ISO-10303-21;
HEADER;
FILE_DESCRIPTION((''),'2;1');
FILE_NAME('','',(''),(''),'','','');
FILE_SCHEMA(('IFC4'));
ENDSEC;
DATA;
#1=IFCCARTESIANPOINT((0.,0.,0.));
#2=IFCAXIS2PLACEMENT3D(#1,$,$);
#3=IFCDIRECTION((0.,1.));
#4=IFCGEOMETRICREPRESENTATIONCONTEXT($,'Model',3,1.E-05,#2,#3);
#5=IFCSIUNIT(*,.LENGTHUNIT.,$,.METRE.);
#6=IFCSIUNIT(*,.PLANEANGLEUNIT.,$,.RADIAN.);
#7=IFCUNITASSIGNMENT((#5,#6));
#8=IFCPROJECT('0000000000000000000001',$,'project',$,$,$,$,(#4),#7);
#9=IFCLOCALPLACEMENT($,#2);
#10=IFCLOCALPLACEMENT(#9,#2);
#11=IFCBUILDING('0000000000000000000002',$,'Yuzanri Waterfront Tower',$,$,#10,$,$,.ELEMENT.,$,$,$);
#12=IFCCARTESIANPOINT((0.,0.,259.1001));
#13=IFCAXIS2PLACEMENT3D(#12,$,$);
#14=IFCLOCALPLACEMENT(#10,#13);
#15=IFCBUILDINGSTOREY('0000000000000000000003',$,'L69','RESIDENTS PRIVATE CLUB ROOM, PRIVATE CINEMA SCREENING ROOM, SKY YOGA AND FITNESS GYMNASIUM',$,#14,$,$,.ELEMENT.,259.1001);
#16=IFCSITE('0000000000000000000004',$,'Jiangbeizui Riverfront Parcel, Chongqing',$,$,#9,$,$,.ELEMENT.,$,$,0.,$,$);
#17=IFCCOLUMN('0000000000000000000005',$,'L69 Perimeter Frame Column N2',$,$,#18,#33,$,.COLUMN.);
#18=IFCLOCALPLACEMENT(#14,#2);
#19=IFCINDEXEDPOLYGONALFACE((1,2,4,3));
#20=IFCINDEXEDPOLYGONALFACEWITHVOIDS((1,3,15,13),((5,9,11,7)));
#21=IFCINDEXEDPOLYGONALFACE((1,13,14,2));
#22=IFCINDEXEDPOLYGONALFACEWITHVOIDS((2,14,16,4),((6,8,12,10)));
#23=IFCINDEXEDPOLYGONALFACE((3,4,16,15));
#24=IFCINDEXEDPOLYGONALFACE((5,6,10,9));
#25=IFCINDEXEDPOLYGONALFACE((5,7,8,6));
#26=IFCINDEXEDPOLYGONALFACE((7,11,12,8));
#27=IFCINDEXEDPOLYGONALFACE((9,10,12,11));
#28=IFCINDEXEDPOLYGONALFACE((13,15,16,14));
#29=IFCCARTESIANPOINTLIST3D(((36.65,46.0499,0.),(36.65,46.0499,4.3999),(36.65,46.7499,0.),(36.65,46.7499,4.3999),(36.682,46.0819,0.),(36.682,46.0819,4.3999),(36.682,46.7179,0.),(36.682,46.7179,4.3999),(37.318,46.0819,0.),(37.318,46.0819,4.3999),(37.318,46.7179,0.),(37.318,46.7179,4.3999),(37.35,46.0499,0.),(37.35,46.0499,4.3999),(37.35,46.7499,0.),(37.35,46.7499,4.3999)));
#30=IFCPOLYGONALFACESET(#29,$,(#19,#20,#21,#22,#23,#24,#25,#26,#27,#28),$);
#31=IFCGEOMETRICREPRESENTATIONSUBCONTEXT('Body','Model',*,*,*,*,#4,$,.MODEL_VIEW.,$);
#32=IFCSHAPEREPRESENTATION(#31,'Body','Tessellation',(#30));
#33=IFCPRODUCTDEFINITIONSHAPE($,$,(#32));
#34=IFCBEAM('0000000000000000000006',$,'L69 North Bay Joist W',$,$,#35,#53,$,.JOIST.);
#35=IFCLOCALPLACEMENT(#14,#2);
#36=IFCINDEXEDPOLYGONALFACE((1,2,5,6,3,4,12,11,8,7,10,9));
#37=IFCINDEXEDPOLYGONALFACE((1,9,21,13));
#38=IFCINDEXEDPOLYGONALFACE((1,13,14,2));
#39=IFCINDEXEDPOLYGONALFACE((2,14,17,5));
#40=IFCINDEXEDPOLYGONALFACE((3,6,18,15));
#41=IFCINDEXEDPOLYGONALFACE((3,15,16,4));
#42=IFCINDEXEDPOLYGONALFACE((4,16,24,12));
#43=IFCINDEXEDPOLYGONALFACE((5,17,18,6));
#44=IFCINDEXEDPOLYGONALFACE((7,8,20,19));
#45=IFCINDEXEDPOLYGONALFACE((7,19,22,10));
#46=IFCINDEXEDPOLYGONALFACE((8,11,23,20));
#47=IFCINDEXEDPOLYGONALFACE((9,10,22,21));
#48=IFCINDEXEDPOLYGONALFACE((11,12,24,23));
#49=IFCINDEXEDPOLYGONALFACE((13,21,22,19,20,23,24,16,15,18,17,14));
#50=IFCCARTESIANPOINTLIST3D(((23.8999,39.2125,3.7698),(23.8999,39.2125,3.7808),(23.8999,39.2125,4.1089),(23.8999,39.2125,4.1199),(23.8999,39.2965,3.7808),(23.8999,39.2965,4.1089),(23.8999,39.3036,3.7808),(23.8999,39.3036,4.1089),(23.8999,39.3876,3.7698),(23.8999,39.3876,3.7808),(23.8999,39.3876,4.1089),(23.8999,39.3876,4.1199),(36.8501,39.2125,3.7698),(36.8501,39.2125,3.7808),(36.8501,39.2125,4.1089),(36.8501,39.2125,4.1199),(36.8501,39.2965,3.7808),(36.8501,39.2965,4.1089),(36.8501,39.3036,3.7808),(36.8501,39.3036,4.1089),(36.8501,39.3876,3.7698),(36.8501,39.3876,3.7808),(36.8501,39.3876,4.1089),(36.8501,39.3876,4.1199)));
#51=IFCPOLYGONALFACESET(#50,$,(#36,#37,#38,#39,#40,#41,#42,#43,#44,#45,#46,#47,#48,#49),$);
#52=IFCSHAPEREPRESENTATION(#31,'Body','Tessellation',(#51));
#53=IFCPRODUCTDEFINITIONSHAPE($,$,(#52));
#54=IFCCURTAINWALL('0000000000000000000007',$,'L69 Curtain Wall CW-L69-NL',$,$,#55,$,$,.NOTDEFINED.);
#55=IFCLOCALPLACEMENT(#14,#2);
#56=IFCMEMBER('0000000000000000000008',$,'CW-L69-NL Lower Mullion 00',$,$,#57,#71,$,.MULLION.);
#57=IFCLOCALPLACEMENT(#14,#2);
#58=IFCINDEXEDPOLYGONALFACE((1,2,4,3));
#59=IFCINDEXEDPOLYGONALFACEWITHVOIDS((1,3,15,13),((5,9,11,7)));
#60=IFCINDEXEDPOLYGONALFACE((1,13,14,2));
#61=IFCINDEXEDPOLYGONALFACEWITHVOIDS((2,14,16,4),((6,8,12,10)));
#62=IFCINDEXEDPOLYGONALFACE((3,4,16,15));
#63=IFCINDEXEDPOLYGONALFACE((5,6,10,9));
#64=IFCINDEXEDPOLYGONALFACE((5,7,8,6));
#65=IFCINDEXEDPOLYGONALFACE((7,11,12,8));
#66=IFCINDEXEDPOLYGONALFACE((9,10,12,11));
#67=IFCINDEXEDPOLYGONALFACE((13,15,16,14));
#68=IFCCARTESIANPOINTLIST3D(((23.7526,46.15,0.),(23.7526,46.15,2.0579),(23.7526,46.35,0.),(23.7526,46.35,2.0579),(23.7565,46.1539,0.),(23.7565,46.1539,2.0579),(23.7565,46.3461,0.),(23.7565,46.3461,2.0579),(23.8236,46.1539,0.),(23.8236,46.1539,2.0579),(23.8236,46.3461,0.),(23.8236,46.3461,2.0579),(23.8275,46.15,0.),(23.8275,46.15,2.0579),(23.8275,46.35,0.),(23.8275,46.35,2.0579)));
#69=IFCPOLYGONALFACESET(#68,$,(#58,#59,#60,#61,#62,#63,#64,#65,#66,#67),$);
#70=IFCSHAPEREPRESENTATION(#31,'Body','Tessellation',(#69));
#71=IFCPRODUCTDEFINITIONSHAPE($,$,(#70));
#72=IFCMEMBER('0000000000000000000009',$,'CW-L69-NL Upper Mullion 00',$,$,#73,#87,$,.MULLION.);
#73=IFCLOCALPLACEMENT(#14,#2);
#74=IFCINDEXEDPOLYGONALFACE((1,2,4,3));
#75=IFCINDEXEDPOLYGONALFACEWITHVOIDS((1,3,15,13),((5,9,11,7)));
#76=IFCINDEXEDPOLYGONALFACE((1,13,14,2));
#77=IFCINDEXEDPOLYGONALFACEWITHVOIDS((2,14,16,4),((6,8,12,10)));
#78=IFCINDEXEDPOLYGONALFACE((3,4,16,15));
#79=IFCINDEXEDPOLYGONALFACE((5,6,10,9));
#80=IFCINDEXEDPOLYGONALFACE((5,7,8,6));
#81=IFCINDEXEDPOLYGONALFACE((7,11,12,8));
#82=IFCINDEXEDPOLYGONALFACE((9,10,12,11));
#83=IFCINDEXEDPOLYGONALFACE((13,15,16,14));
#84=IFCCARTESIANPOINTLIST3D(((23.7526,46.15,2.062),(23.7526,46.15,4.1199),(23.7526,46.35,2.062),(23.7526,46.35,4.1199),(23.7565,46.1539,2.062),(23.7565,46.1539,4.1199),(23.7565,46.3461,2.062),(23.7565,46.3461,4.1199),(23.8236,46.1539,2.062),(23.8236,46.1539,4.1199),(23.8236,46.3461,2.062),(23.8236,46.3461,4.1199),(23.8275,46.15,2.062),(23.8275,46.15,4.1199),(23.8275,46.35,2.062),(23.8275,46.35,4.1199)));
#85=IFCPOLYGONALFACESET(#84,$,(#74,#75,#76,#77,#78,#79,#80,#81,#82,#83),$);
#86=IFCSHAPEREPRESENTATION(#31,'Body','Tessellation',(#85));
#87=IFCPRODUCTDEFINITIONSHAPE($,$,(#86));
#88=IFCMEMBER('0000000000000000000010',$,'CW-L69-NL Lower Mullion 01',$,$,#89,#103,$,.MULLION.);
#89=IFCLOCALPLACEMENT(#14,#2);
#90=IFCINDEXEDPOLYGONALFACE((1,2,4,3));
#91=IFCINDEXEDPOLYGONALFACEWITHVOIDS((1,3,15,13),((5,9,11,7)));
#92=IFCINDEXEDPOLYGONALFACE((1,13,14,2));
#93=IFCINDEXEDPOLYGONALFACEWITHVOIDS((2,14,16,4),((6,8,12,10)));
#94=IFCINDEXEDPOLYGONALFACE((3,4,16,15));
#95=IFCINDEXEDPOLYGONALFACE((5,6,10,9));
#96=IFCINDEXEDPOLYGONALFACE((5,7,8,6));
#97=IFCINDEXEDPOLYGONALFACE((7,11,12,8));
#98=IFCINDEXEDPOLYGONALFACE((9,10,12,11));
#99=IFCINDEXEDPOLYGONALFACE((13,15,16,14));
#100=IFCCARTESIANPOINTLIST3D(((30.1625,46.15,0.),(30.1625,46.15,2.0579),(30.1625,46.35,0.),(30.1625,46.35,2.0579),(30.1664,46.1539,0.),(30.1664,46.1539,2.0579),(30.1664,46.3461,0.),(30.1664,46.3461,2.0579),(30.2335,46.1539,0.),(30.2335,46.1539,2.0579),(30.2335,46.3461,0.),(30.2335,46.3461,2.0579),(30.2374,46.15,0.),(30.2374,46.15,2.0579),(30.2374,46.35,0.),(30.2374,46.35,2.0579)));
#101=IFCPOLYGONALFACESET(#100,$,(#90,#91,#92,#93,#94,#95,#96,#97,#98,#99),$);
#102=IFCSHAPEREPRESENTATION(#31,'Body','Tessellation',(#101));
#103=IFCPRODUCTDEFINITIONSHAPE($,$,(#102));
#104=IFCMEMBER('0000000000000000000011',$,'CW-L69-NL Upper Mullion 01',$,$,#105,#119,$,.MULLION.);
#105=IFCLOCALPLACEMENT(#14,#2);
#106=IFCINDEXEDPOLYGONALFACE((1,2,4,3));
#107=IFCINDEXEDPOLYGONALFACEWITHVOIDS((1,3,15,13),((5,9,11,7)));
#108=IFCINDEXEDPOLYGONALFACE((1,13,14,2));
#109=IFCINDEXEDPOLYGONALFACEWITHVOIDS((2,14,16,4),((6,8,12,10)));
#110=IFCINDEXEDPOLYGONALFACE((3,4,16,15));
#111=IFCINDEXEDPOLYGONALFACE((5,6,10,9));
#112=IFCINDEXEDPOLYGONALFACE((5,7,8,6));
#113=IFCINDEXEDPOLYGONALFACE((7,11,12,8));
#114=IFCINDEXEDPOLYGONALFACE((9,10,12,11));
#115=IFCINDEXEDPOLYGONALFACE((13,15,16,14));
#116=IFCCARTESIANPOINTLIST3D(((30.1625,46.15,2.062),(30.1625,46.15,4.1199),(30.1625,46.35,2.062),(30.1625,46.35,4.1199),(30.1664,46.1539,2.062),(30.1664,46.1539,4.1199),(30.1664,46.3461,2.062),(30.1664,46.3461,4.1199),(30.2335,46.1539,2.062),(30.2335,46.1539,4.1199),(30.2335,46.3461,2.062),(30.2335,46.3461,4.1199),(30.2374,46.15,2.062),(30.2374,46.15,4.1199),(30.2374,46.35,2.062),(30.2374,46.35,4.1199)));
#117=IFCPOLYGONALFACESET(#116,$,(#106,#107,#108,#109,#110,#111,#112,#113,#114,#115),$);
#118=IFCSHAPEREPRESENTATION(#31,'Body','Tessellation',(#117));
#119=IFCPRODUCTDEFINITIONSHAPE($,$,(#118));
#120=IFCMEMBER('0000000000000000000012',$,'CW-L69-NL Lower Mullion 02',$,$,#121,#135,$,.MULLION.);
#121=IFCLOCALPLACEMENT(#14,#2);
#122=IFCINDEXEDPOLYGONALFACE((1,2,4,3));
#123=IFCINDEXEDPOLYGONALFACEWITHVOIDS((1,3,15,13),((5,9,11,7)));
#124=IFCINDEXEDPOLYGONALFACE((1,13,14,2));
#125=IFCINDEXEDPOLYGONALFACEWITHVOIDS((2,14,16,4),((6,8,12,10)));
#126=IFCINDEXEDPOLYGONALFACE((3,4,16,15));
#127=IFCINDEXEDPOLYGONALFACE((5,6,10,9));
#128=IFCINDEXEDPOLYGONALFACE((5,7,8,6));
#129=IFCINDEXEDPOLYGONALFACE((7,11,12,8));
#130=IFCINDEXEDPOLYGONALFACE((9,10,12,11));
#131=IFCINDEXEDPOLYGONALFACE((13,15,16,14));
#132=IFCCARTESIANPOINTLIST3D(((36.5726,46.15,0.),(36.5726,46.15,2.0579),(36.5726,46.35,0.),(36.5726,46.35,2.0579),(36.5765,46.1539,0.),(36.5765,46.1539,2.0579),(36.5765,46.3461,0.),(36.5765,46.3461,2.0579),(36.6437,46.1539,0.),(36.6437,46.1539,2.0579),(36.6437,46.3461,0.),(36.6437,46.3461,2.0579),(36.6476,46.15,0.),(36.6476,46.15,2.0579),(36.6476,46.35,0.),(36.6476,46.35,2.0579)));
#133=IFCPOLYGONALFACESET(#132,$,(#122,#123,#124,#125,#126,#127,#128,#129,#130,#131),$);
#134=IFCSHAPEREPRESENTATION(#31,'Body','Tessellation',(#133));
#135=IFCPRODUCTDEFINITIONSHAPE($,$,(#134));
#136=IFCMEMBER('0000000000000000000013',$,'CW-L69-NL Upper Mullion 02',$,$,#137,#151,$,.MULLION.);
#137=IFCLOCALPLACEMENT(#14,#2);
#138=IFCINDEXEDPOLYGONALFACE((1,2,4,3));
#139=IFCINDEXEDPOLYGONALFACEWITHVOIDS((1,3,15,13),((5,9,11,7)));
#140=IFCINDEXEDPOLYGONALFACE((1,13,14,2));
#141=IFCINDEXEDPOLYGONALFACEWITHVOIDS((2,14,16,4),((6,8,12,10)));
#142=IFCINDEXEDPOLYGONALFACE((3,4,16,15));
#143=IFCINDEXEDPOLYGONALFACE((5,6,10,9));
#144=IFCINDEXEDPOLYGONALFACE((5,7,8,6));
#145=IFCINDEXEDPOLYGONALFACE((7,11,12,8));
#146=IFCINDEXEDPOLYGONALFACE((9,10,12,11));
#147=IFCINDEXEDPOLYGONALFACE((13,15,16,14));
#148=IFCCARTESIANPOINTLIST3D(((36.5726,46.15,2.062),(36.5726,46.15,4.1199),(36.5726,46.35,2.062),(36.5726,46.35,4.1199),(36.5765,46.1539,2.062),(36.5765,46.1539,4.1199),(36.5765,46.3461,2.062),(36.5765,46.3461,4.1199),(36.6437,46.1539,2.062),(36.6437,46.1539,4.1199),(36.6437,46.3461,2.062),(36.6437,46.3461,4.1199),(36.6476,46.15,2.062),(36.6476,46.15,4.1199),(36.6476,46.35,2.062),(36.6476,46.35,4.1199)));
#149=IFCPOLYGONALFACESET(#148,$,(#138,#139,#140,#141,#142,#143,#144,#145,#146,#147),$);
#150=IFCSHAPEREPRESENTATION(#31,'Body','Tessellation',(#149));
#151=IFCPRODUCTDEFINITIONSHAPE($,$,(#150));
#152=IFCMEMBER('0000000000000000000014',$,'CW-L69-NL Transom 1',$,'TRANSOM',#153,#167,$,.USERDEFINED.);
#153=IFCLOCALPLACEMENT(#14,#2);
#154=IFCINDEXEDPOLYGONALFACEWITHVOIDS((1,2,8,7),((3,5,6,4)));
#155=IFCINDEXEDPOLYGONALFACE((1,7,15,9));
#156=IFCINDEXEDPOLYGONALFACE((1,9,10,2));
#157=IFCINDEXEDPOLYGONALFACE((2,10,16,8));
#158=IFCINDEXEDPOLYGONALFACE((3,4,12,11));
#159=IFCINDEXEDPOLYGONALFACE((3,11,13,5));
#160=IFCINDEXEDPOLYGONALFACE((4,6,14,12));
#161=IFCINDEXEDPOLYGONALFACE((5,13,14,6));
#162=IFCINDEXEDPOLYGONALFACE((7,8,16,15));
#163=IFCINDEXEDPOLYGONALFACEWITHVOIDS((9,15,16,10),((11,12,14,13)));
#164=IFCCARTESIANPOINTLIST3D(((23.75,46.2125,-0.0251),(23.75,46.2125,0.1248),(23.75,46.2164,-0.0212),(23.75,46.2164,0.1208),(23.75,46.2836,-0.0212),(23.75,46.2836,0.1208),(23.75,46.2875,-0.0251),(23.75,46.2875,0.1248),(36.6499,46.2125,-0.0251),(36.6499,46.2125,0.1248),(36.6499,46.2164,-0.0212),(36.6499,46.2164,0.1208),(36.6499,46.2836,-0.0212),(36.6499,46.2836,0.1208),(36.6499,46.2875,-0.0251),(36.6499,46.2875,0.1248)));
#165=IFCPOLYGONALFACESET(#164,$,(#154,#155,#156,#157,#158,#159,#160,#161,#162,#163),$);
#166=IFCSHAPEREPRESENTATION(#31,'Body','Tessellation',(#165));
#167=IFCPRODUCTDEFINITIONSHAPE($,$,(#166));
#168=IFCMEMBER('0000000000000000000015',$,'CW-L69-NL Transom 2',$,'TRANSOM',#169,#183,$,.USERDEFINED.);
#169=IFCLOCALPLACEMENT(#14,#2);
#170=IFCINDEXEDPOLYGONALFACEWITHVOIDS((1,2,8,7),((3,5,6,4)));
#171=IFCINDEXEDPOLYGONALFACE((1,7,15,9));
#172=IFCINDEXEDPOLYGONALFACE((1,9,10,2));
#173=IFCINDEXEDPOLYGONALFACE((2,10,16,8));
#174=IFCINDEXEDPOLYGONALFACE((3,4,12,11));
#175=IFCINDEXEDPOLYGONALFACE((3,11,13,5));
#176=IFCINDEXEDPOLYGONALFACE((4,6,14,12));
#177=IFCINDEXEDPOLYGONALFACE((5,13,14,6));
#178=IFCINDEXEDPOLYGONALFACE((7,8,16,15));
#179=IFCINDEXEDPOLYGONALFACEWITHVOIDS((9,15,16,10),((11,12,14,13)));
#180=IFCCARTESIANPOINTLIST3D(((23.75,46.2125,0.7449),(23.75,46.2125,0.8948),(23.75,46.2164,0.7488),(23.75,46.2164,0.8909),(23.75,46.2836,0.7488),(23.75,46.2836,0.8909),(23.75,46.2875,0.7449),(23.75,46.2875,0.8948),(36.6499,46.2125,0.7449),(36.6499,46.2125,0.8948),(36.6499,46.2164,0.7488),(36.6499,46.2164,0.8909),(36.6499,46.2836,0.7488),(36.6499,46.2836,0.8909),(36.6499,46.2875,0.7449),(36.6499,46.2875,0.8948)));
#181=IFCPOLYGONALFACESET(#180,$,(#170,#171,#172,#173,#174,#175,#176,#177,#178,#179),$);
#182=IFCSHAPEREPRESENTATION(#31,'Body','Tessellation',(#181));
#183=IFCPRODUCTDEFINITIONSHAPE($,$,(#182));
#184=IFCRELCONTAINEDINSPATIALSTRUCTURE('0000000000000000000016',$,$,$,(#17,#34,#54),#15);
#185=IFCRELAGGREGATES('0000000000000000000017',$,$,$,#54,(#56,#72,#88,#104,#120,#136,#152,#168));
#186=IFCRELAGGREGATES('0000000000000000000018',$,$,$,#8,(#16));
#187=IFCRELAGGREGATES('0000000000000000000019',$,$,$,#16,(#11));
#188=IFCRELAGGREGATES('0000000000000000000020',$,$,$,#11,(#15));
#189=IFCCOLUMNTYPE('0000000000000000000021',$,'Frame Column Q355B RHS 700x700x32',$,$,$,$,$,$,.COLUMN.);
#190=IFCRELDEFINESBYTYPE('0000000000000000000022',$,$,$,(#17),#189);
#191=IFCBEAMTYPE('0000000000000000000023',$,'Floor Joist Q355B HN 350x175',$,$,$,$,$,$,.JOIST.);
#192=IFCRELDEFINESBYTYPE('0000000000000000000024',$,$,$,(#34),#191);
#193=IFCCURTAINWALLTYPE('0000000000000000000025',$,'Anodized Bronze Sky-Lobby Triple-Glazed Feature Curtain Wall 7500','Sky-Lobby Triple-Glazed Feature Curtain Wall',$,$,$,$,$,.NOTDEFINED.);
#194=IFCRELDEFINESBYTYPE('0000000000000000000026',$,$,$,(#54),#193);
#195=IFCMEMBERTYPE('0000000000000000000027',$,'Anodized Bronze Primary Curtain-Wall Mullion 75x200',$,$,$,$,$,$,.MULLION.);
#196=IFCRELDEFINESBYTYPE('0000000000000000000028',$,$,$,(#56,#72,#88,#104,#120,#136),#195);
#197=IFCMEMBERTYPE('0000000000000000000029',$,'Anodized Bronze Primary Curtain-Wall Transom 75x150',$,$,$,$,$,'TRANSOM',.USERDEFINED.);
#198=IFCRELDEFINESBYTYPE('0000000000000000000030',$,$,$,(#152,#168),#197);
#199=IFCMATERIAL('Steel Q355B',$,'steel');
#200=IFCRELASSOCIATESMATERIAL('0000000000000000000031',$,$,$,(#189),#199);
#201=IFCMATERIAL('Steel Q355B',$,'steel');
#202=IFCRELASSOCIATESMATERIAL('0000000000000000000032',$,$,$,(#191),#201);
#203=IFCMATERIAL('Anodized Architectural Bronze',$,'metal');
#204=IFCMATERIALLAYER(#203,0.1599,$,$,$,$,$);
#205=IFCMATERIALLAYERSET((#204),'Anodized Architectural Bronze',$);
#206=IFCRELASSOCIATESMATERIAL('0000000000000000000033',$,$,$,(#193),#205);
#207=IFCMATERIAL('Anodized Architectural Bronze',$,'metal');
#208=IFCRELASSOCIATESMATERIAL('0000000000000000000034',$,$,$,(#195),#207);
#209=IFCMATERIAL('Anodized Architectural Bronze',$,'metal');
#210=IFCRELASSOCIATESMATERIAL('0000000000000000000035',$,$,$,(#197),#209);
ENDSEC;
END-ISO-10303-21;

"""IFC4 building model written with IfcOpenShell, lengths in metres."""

from ifc_helpers import new_model, si_unit, direction, frame, origin, origin_2d, place, context, subcontext, project, spatial, hollow_rectangle, i_section, extrude, source, transform, mapped, material, layer, layer_set, material_profile, profile_set, type_object, element, aggregate, save


model = new_model("IFC4")

# Units and contexts
model_context = context("Model", 3, precision=1e-05, world=origin(), true_north=direction((0.0, 1.0)))
body_context = subcontext(model_context, "Body", "Model", "MODEL_VIEW")
ifc_project = project(units=[si_unit("LENGTHUNIT", "METRE"), si_unit("PLANEANGLEUNIT", "RADIAN")], contexts=[model_context])

# Site, building, storey
site_placement = place(None, origin())
site = spatial("IfcSite", under=ifc_project, at=site_placement, Name="Jiangbeizui Riverfront Parcel, Chongqing", CompositionType="ELEMENT", RefElevation=0.0)
building_placement = place(site_placement, origin())
building = spatial("IfcBuilding", under=site, at=building_placement, Name="Yuzanri Waterfront Tower", CompositionType="ELEMENT")
storey_placement = place(building_placement, frame((0.0, 0.0, 259.1001)))
storey = spatial("IfcBuildingStorey", under=building, at=storey_placement, Name="L69", Description="RESIDENTS PRIVATE CLUB ROOM, PRIVATE CINEMA SCREENING ROOM, SKY YOGA AND FITNESS GYMNASIUM", CompositionType="ELEMENT", Elevation=259.1001)

# Column
ifc_material_1 = material(Name="Steel Q355B", Category="steel")
ifc_material_profile_1 = material_profile(ifc_material_1, hollow_rectangle(XDim=0.7, YDim=0.7, WallThickness=0.032, at=origin_2d()), Name="RHS 700x700x32")
ifc_profile_set_1 = profile_set([ifc_material_profile_1], Name="Steel Q355B")
column_type = type_object("IfcColumnType", Name="Frame Column Q355B RHS 700x700x32", PredefinedType="COLUMN", material=ifc_profile_set_1)
shared_shape_1 = source(origin(), body_context, "Body", "SweptSolid", [
    extrude(hollow_rectangle(XDim=0.7, YDim=0.7, WallThickness=0.032, at=origin_2d()), origin(), (0.0, 0.0, 1.0), 4.3999),
])
column_placement = place(storey_placement, frame((37.0, 46.3999, 0.0), z_axis=(0.0, 0.0, 1.0), x_axis=(1.0, 0.0, 0.0)))
element("IfcColumn", 1, at=column_placement, inside=storey, type_object=column_type, Name="L69 Perimeter Frame Column N2", PredefinedType="COLUMN", context=body_context, shape_type="MappedRepresentation", body=[
    mapped(shared_shape_1, transform((0.0, 0.0, 0.0), scale=1.0)),
])

# Beam
ifc_material_2 = material(Name="Steel Q355B", Category="steel")
ifc_material_profile_2 = material_profile(ifc_material_2, i_section(OverallWidth=0.175, OverallDepth=0.3501, WebThickness=0.0071, FlangeThickness=0.011, at=origin_2d()), Name="HN 350x175x7x11")
ifc_profile_set_2 = profile_set([ifc_material_profile_2], Name="Steel Q355B")
beam_type = type_object("IfcBeamType", Name="Floor Joist Q355B HN 350x175", PredefinedType="JOIST", material=ifc_profile_set_2)
shared_shape_2 = source(origin(), body_context, "Body", "SweptSolid", [
    extrude(i_section(OverallWidth=0.175, OverallDepth=0.3501, WebThickness=0.0071, FlangeThickness=0.011, at=origin_2d()), origin(), (0.0, 0.0, 1.0), 12.9502),
])
beam_placement = place(storey_placement, frame((23.8999, 39.3, 3.9448), z_axis=(1.0, 0.0, 0.0), x_axis=(0.0, 1.0, 0.0)))
element("IfcBeam", 2, at=beam_placement, inside=storey, type_object=beam_type, Name="L69 North Bay Joist W", PredefinedType="JOIST", context=body_context, shape_type="MappedRepresentation", body=[
    mapped(shared_shape_2, transform((0.0, 0.0, 0.0), scale=1.0)),
])

# Curtain wall, members
ifc_material_3 = material(Name="Anodized Architectural Bronze", Category="metal")
ifc_layer_1 = layer(ifc_material_3, 0.1599)
ifc_layer_set_1 = layer_set([ifc_layer_1], Name="Anodized Architectural Bronze")
curtain_wall_type = type_object("IfcCurtainWallType", Name="Anodized Bronze Sky-Lobby Triple-Glazed Feature Curtain Wall 7500", Description="Sky-Lobby Triple-Glazed Feature Curtain Wall", PredefinedType="NOTDEFINED", material=ifc_layer_set_1)
curtain_wall_placement = place(storey_placement, origin())
curtain_wall = element("IfcCurtainWall", 3, at=curtain_wall_placement, inside=storey, type_object=curtain_wall_type, Name="L69 Curtain Wall CW-L69-NL", PredefinedType="NOTDEFINED")
ifc_material_4 = material(Name="Anodized Architectural Bronze", Category="metal")
ifc_material_profile_3 = material_profile(ifc_material_4, hollow_rectangle(XDim=0.075, YDim=0.2, WallThickness=0.0039, at=origin_2d()), Name="CWM 75x200")
ifc_profile_set_3 = profile_set([ifc_material_profile_3], Name="Anodized Architectural Bronze")
member_type_1 = type_object("IfcMemberType", Name="Anodized Bronze Primary Curtain-Wall Mullion 75x200", PredefinedType="MULLION", material=ifc_profile_set_3)
shared_shape_3 = source(origin(), body_context, "Body", "SweptSolid", [
    extrude(hollow_rectangle(XDim=0.075, YDim=0.2, WallThickness=0.0039, at=origin_2d()), origin(), (0.0, 0.0, 1.0), 2.0579),
])
member_1_placement = place(storey_placement, frame((23.79, 46.25, 0.0), z_axis=(0.0, 0.0, 1.0), x_axis=(1.0, 0.0, 0.0)))
member_1 = element("IfcMember", 4, at=member_1_placement, type_object=member_type_1, Name="CW-L69-NL Lower Mullion 00", PredefinedType="MULLION", context=body_context, shape_type="MappedRepresentation", body=[
    mapped(shared_shape_3, transform((0.0, 0.0, 0.0), scale=1.0)),
])
member_2_placement = place(storey_placement, frame((23.79, 46.25, 2.062), z_axis=(0.0, 0.0, 1.0), x_axis=(1.0, 0.0, 0.0)))
member_2 = element("IfcMember", 5, at=member_2_placement, type_object=member_type_1, Name="CW-L69-NL Upper Mullion 00", PredefinedType="MULLION", context=body_context, shape_type="MappedRepresentation", body=[
    mapped(shared_shape_3, transform((0.0, 0.0, 0.0), scale=1.0)),
])
member_3_placement = place(storey_placement, frame((30.2, 46.25, 0.0), z_axis=(0.0, 0.0, 1.0), x_axis=(1.0, 0.0, 0.0)))
member_3 = element("IfcMember", 6, at=member_3_placement, type_object=member_type_1, Name="CW-L69-NL Lower Mullion 01", PredefinedType="MULLION", context=body_context, shape_type="MappedRepresentation", body=[
    mapped(shared_shape_3, transform((0.0, 0.0, 0.0), scale=1.0)),
])
member_4_placement = place(storey_placement, frame((30.2, 46.25, 2.062), z_axis=(0.0, 0.0, 1.0), x_axis=(1.0, 0.0, 0.0)))
member_4 = element("IfcMember", 7, at=member_4_placement, type_object=member_type_1, Name="CW-L69-NL Upper Mullion 01", PredefinedType="MULLION", context=body_context, shape_type="MappedRepresentation", body=[
    mapped(shared_shape_3, transform((0.0, 0.0, 0.0), scale=1.0)),
])
member_5_placement = place(storey_placement, frame((36.6101, 46.25, 0.0), z_axis=(0.0, 0.0, 1.0), x_axis=(1.0, 0.0, 0.0)))
member_5 = element("IfcMember", 8, at=member_5_placement, type_object=member_type_1, Name="CW-L69-NL Lower Mullion 02", PredefinedType="MULLION", context=body_context, shape_type="MappedRepresentation", body=[
    mapped(shared_shape_3, transform((0.0, 0.0, 0.0), scale=1.0)),
])
member_6_placement = place(storey_placement, frame((36.6101, 46.25, 2.062), z_axis=(0.0, 0.0, 1.0), x_axis=(1.0, 0.0, 0.0)))
member_6 = element("IfcMember", 9, at=member_6_placement, type_object=member_type_1, Name="CW-L69-NL Upper Mullion 02", PredefinedType="MULLION", context=body_context, shape_type="MappedRepresentation", body=[
    mapped(shared_shape_3, transform((0.0, 0.0, 0.0), scale=1.0)),
])
ifc_material_5 = material(Name="Anodized Architectural Bronze", Category="metal")
ifc_material_profile_4 = material_profile(ifc_material_5, hollow_rectangle(XDim=0.075, YDim=0.1499, WallThickness=0.0039, at=origin_2d()), Name="CWT 75x150")
ifc_profile_set_4 = profile_set([ifc_material_profile_4], Name="Anodized Architectural Bronze")
member_type_2 = type_object("IfcMemberType", Name="Anodized Bronze Primary Curtain-Wall Transom 75x150", ElementType="TRANSOM", PredefinedType="USERDEFINED", material=ifc_profile_set_4)
shared_shape_4 = source(origin(), body_context, "Body", "SweptSolid", [
    extrude(hollow_rectangle(XDim=0.075, YDim=0.1499, WallThickness=0.0039, at=origin_2d()), origin(), (0.0, 0.0, 1.0), 12.8999),
])
member_7_placement = place(storey_placement, frame((23.75, 46.25, 0.0498), z_axis=(1.0, 0.0, 0.0), x_axis=(0.0, 1.0, 0.0)))
member_7 = element("IfcMember", 10, at=member_7_placement, type_object=member_type_2, Name="CW-L69-NL Transom 1", ObjectType="TRANSOM", PredefinedType="USERDEFINED", context=body_context, shape_type="MappedRepresentation", body=[
    mapped(shared_shape_4, transform((0.0, 0.0, 0.0), scale=1.0)),
])
member_8_placement = place(storey_placement, frame((23.75, 46.25, 0.8198), z_axis=(1.0, 0.0, 0.0), x_axis=(0.0, 1.0, 0.0)))
member_8 = element("IfcMember", 11, at=member_8_placement, type_object=member_type_2, Name="CW-L69-NL Transom 2", ObjectType="TRANSOM", PredefinedType="USERDEFINED", context=body_context, shape_type="MappedRepresentation", body=[
    mapped(shared_shape_4, transform((0.0, 0.0, 0.0), scale=1.0)),
])

aggregate(curtain_wall, [member_1, member_2, member_3, member_4, member_5, member_6, member_7, member_8])

save(model, "model.ifc")
